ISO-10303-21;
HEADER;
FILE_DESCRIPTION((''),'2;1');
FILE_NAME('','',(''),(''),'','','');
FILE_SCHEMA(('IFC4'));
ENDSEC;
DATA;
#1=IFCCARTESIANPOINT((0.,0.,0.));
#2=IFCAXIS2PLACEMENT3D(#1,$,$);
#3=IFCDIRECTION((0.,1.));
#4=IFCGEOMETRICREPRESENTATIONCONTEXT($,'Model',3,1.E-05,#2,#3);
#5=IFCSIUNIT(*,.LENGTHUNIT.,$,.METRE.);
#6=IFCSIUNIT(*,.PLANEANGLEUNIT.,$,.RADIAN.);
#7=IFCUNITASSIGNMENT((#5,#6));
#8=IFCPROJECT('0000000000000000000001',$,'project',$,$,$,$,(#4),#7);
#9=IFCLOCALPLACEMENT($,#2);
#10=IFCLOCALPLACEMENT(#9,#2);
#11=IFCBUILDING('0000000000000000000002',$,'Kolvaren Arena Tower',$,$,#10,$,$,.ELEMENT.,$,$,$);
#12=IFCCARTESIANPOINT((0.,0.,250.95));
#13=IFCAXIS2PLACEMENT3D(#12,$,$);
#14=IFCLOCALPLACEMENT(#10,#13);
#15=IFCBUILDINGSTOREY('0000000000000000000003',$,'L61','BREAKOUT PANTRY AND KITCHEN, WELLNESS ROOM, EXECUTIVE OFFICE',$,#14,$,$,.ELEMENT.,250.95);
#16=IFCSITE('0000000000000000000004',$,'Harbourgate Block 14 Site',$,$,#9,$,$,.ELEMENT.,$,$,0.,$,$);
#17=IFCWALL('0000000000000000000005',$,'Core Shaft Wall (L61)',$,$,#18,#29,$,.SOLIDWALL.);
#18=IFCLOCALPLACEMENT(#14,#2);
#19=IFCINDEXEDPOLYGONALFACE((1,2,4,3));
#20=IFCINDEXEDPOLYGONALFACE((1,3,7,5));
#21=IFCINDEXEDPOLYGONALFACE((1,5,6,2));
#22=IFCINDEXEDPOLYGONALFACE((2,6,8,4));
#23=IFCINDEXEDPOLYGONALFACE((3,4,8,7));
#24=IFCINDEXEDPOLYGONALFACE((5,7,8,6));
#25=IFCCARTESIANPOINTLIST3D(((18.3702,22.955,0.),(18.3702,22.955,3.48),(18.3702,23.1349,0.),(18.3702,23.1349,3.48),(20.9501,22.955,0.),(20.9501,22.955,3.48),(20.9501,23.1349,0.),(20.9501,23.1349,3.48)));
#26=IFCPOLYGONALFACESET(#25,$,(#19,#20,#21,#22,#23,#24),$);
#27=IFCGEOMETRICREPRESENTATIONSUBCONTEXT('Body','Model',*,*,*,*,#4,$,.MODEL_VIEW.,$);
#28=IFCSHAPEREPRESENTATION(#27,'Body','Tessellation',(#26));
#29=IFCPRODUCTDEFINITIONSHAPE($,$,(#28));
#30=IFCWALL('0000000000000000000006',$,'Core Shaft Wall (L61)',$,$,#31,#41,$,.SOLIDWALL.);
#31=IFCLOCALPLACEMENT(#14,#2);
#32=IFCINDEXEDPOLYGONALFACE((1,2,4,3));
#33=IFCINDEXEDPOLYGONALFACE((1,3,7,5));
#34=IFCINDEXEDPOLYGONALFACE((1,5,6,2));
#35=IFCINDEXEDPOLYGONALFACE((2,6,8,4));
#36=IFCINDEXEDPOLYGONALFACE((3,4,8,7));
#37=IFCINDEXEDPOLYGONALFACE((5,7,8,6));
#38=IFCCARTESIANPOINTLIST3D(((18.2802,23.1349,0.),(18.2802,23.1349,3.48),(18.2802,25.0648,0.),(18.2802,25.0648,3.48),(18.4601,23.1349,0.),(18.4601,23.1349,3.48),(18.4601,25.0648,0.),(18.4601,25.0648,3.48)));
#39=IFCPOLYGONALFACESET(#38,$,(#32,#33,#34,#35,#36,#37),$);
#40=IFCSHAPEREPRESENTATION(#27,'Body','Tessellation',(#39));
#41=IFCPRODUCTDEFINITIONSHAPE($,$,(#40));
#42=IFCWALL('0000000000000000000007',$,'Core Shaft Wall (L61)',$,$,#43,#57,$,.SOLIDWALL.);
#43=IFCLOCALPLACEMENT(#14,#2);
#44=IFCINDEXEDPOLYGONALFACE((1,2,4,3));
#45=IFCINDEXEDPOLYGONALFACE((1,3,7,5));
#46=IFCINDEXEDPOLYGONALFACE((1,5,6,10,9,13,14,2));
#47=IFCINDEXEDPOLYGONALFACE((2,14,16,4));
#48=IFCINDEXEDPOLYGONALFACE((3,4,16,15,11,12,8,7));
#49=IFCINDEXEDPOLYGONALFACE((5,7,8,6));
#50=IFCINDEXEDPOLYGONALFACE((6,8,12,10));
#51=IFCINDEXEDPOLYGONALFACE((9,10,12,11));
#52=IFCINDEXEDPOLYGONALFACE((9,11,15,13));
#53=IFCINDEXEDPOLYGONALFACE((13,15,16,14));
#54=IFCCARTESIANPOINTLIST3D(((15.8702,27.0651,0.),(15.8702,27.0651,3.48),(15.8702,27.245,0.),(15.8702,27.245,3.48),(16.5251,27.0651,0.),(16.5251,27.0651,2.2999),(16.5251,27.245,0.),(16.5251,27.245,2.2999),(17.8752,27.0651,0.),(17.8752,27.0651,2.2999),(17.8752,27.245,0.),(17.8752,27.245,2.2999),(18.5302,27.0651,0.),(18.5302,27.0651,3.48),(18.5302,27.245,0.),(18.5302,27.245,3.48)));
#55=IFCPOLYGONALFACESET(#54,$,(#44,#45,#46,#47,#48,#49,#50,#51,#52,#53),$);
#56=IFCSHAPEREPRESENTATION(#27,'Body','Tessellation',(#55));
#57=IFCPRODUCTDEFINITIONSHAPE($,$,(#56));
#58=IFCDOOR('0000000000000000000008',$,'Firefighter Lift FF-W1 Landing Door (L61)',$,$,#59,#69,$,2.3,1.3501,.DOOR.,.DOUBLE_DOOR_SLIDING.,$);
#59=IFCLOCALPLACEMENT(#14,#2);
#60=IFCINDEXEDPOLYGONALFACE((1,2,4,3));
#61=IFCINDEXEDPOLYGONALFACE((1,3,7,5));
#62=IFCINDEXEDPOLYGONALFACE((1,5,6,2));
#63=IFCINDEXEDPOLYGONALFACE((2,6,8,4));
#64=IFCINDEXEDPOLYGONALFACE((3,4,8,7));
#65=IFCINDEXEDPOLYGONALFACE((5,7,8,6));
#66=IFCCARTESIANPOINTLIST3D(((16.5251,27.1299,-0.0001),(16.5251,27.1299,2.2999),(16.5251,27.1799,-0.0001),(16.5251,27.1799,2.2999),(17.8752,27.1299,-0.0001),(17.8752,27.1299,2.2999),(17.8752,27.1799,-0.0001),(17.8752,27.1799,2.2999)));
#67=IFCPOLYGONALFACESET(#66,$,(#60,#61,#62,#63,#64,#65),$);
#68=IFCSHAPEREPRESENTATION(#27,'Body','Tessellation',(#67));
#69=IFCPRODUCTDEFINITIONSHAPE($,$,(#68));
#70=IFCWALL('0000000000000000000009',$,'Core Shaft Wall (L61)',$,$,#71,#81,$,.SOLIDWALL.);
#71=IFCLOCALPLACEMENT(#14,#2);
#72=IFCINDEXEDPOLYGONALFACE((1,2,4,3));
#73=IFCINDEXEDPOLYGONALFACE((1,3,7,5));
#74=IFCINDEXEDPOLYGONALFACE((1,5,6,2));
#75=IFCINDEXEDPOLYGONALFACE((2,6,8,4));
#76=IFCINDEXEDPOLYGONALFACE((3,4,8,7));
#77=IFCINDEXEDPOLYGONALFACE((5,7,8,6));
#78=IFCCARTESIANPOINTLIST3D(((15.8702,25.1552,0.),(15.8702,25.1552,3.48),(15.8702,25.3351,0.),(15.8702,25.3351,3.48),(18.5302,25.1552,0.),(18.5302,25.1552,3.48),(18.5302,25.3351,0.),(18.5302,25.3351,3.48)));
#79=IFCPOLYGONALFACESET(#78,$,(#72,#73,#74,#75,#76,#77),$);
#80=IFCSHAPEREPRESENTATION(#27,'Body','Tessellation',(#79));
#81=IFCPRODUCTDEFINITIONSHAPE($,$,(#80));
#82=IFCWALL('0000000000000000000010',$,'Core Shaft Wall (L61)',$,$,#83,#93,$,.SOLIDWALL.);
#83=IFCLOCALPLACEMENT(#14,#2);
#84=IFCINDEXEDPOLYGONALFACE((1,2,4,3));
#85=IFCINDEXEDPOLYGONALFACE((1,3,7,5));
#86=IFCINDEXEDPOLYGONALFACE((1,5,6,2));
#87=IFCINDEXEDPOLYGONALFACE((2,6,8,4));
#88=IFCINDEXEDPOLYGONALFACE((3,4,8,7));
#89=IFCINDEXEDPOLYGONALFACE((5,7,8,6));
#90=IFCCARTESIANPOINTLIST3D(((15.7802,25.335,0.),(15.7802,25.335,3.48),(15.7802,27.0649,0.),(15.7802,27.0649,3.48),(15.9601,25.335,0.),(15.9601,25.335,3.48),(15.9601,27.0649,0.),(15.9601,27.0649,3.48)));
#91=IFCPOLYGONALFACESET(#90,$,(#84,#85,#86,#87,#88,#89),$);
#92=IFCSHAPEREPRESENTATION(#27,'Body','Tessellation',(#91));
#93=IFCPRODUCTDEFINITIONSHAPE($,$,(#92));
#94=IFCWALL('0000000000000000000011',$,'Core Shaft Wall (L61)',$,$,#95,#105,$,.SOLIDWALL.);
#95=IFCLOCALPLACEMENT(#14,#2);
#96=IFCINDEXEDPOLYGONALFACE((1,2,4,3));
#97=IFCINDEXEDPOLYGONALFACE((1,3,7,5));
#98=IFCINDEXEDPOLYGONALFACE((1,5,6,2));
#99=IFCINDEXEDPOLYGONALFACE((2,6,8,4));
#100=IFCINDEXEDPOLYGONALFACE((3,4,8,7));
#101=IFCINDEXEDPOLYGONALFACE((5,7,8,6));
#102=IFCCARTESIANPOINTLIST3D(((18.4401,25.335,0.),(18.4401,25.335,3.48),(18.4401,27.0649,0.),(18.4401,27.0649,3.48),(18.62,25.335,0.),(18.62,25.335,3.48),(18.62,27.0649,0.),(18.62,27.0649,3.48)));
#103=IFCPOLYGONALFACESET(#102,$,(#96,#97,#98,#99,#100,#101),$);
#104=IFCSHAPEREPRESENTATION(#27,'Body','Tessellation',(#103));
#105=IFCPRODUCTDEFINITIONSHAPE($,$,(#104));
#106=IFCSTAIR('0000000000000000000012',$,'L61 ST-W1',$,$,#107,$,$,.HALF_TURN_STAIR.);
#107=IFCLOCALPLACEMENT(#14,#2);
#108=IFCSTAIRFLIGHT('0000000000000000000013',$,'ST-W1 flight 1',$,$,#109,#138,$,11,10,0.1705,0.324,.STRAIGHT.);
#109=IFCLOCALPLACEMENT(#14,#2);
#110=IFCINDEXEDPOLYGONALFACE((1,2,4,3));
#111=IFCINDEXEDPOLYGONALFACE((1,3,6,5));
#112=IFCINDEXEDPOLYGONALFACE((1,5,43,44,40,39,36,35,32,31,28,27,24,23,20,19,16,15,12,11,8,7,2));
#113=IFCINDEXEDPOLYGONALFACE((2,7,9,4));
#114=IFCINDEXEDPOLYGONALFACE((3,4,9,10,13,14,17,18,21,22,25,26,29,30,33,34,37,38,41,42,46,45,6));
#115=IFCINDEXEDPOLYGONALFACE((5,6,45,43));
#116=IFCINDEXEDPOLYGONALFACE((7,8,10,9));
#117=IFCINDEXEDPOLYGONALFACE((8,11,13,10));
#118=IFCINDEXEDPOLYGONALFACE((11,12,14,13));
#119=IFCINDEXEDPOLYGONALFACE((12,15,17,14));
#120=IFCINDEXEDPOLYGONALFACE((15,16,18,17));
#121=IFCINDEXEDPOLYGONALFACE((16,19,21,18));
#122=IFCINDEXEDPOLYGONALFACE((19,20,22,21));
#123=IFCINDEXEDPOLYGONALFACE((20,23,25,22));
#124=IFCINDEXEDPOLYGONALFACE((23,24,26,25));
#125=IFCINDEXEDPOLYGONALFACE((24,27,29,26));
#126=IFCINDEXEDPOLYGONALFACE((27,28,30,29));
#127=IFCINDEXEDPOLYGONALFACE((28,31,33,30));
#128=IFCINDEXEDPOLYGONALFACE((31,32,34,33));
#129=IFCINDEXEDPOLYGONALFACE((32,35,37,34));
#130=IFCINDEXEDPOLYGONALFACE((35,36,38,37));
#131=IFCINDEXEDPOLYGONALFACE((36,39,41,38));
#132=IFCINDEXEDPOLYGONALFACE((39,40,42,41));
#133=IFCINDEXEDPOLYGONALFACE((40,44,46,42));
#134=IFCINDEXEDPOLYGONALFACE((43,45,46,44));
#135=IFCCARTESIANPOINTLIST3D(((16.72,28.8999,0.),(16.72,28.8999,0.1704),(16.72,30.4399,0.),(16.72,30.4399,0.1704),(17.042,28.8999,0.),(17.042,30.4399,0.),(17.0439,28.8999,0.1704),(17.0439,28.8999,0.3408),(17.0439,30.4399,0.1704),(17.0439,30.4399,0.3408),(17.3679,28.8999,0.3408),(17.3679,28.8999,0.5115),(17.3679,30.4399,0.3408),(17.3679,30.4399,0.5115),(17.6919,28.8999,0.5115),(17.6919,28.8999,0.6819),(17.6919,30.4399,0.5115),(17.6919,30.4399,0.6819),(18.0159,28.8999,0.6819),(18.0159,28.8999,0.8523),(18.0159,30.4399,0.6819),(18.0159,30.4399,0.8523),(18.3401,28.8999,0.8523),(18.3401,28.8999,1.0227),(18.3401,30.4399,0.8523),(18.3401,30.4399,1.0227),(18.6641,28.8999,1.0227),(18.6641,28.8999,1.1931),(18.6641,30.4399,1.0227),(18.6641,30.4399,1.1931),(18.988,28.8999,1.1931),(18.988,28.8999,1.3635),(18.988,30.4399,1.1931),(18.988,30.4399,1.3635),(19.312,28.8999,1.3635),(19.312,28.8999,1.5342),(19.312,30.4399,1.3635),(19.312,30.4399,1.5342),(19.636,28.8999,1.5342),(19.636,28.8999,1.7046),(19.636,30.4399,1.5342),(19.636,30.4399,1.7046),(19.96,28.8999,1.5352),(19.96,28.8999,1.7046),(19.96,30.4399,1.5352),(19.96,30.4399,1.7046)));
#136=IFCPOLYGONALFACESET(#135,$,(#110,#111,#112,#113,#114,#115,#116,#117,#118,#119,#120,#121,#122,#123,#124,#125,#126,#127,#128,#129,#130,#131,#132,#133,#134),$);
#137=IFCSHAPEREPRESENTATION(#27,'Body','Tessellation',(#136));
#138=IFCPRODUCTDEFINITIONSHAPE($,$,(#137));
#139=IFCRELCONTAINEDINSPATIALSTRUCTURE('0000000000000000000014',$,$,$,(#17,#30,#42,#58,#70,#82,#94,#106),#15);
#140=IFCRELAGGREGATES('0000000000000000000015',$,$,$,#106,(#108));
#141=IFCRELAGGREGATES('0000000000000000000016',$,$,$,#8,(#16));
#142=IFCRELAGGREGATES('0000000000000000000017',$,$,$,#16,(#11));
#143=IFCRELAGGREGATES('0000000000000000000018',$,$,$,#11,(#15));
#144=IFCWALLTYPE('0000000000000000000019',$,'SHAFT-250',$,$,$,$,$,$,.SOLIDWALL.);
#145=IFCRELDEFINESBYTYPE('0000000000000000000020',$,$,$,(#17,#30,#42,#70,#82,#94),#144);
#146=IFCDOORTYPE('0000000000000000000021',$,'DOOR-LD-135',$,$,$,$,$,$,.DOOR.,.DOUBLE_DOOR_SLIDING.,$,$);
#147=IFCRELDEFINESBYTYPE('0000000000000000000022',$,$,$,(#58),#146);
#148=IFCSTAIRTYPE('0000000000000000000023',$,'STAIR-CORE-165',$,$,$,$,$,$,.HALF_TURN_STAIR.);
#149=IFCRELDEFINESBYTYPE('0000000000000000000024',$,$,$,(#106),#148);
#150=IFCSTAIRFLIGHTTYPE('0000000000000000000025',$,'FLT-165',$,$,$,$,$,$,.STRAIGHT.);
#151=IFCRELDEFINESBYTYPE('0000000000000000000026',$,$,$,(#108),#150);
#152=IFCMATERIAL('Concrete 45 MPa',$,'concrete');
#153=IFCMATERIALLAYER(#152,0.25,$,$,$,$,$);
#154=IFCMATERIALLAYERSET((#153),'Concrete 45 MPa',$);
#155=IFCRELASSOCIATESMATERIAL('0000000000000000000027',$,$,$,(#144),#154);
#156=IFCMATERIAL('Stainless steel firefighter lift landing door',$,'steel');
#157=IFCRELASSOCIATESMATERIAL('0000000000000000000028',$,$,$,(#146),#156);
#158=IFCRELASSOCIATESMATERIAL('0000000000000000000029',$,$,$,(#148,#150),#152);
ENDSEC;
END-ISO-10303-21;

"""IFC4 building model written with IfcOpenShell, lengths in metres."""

from ifc_helpers import new_model, si_unit, direction, frame, frame_2d, origin, place, context, subcontext, project, spatial, polyline, rectangle, outline, extrude, material, layer, layer_set, type_object, element, fill, aggregate, save


model = new_model("IFC4")

# Units and contexts
model_context = context("Model", 3, precision=1e-05, world=origin(), true_north=direction((0.0, 1.0)))
body_context = subcontext(model_context, "Body", "Model", "MODEL_VIEW")
ifc_project = project(units=[si_unit("LENGTHUNIT", "METRE"), si_unit("PLANEANGLEUNIT", "RADIAN")], contexts=[model_context])

# Site, building, storey
site_placement = place(None, origin())
site = spatial("IfcSite", under=ifc_project, at=site_placement, Name="Harbourgate Block 14 Site", CompositionType="ELEMENT", RefElevation=0.0)
building_placement = place(site_placement, origin())
building = spatial("IfcBuilding", under=site, at=building_placement, Name="Kolvaren Arena Tower", CompositionType="ELEMENT")
storey_placement = place(building_placement, frame((0.0, 0.0, 250.95)))
storey = spatial("IfcBuildingStorey", under=building, at=storey_placement, Name="L61", Description="BREAKOUT PANTRY AND KITCHEN, WELLNESS ROOM, EXECUTIVE OFFICE", CompositionType="ELEMENT", Elevation=250.95)

# Walls
ifc_material_1 = material(Name="Concrete 45 MPa", Category="concrete")
ifc_layer_1 = layer(ifc_material_1, 0.25)
ifc_layer_set_1 = layer_set([ifc_layer_1], Name="Concrete 45 MPa")
wall_type_1 = type_object("IfcWallType", Name="SHAFT-250", PredefinedType="SOLIDWALL", material=ifc_layer_set_1)
for number, where, z_axis, x_axis, name in (
    (1, (18.3701, 23.0449, 0.0), (0.0, 0.0, 1.0), (1.0, 0.0, 0.0), "Core Shaft Wall (L61)"),
):
    element("IfcWall", number, at=place(storey_placement, frame(where, z_axis=z_axis, x_axis=x_axis)), inside=storey, type_object=wall_type_1, Name=name, PredefinedType="SOLIDWALL", context=body_context, shape_type="SweptSolid", body=[
        extrude(rectangle(XDim=2.5798, YDim=0.1799, at=frame_2d((1.29, 0.0))), origin(), (0.0, 0.0, 1.0), 3.48),
    ])
wall_1_placement = place(storey_placement, frame((18.3701, 23.135, 0.0), z_axis=(0.0, 0.0, 1.0), x_axis=(0.0, 1.0, 0.0)))
element("IfcWall", 2, at=wall_1_placement, inside=storey, type_object=wall_type_1, Name="Core Shaft Wall (L61)", PredefinedType="SOLIDWALL", context=body_context, shape_type="SweptSolid", body=[
    extrude(rectangle(XDim=1.9299, YDim=0.1799, at=frame_2d((0.9648, 0.0))), origin(), (0.0, 0.0, 1.0), 3.48),
])

# Wall, opening, door
wall_2_placement = place(storey_placement, frame((15.8701, 27.155, 0.0), z_axis=(0.0, 0.0, 1.0), x_axis=(1.0, 0.0, 0.0)))
wall_2 = element("IfcWall", 3, at=wall_2_placement, inside=storey, type_object=wall_type_1, Name="Core Shaft Wall (L61)", PredefinedType="SOLIDWALL", context=body_context, shape_type="SweptSolid", body=[
    extrude(rectangle(XDim=2.6599, YDim=0.1799, at=frame_2d((1.3301, 0.0))), origin(), (0.0, 0.0, 1.0), 3.48),
])
opening_1_placement = place(wall_2_placement, frame((0.655, 0.0, 0.0)))
opening_1 = element("IfcOpeningElement", 4, at=opening_1_placement, cuts=wall_2, PredefinedType="OPENING", context=body_context, shape_type="SweptSolid", body=[
    extrude(rectangle(XDim=1.3501, YDim=2.3, at=frame_2d((0.675, 1.1499))), frame((0.0, 0.0999, 0.0), z_axis=(0.0, -1.0, 0.0), x_axis=(1.0, 0.0, 0.0)), (0.0, 0.0, 1.0), 0.2),
])
ifc_material_2 = material(Name="Stainless steel firefighter lift landing door", Category="steel")
door_type_1 = type_object("IfcDoorType", Name="DOOR-LD-135", OperationType="DOUBLE_DOOR_SLIDING", PredefinedType="DOOR", material=ifc_material_2)
door_1_placement = place(opening_1_placement, origin())
door_1 = element("IfcDoor", 5, at=door_1_placement, inside=storey, type_object=door_type_1, Name="Firefighter Lift FF-W1 Landing Door (L61)", OperationType="DOUBLE_DOOR_SLIDING", OverallHeight=2.3, OverallWidth=1.3501, PredefinedType="DOOR", context=body_context, shape_type="SweptSolid", body=[
    extrude(rectangle(XDim=1.3501, YDim=2.3, at=frame_2d((0.675, 1.1499))), frame((0.0, 0.0249, 0.0), z_axis=(0.0, -1.0, 0.0), x_axis=(1.0, 0.0, 0.0)), (0.0, 0.0, 1.0), 0.05),
])
fill(opening_1, door_1)

# Walls
wall_3_placement = place(storey_placement, frame((15.8701, 25.2451, 0.0), z_axis=(0.0, 0.0, 1.0), x_axis=(1.0, 0.0, 0.0)))
element("IfcWall", 6, at=wall_3_placement, inside=storey, type_object=wall_type_1, Name="Core Shaft Wall (L61)", PredefinedType="SOLIDWALL", context=body_context, shape_type="SweptSolid", body=[
    extrude(rectangle(XDim=2.6599, YDim=0.1799, at=frame_2d((1.3301, 0.0))), origin(), (0.0, 0.0, 1.0), 3.48),
])
for number, where, z_axis, x_axis, name in (
    (7, (15.8701, 25.335, 0.0), (0.0, 0.0, 1.0), (0.0, 1.0, 0.0), "Core Shaft Wall (L61)"),
    (8, (18.53, 25.335, 0.0), (0.0, 0.0, 1.0), (0.0, 1.0, 0.0), "Core Shaft Wall (L61)"),
):
    element("IfcWall", number, at=place(storey_placement, frame(where, z_axis=z_axis, x_axis=x_axis)), inside=storey, type_object=wall_type_1, Name=name, PredefinedType="SOLIDWALL", context=body_context, shape_type="SweptSolid", body=[
        extrude(rectangle(XDim=1.73, YDim=0.1799, at=frame_2d((0.865, 0.0))), origin(), (0.0, 0.0, 1.0), 3.48),
    ])

# Stair, stair flight
stair_type = type_object("IfcStairType", Name="STAIR-CORE-165", PredefinedType="HALF_TURN_STAIR", material=ifc_material_1)
stair_placement = place(storey_placement, origin())
stair = element("IfcStair", 9, at=stair_placement, inside=storey, type_object=stair_type, Name="L61 ST-W1", PredefinedType="HALF_TURN_STAIR")
stair_flight_type = type_object("IfcStairFlightType", Name="FLT-165", PredefinedType="STRAIGHT", material=ifc_material_1)
stair_flight_placement = place(storey_placement, frame((16.72, 29.6699, 0.0), z_axis=(0.0, 0.0, 1.0), x_axis=(1.0, 0.0, 0.0)))
stair_flight = element("IfcStairFlight", 10, at=stair_flight_placement, type_object=stair_flight_type, Name="ST-W1 flight 1", NumberOfRisers=11, NumberOfTreads=10, PredefinedType="STRAIGHT", RiserHeight=0.1705, TreadLength=0.324, context=body_context, shape_type="SweptSolid", body=[
    extrude(outline(polyline([(0.0, 0.0), (0.0, 0.1704), (0.324, 0.1704), (0.324, 0.3408), (0.6479, 0.3408), (0.6479, 0.5115), (0.9719, 0.5115), (0.9719, 0.6819), (1.2959, 0.6819), (1.2959, 0.8523), (1.6201, 0.8523), (1.6201, 1.0227), (1.9441, 1.0227), (1.9441, 1.1931), (2.2681, 1.1931), (2.2681, 1.3635), (2.592, 1.3635), (2.592, 1.5342), (2.916, 1.5342), (2.916, 1.7046), (3.24, 1.7046), (3.24, 1.875), (3.24, 1.5352), (0.322, 0.0), (0.0, 0.0)])), frame((0.0, 0.77, 0.0), z_axis=(0.0, -1.0, 0.0), x_axis=(1.0, 0.0, 0.0)), (0.0, 0.0, 1.0), 1.54),
])
aggregate(stair, [stair_flight])

save(model, "model.ifc")
